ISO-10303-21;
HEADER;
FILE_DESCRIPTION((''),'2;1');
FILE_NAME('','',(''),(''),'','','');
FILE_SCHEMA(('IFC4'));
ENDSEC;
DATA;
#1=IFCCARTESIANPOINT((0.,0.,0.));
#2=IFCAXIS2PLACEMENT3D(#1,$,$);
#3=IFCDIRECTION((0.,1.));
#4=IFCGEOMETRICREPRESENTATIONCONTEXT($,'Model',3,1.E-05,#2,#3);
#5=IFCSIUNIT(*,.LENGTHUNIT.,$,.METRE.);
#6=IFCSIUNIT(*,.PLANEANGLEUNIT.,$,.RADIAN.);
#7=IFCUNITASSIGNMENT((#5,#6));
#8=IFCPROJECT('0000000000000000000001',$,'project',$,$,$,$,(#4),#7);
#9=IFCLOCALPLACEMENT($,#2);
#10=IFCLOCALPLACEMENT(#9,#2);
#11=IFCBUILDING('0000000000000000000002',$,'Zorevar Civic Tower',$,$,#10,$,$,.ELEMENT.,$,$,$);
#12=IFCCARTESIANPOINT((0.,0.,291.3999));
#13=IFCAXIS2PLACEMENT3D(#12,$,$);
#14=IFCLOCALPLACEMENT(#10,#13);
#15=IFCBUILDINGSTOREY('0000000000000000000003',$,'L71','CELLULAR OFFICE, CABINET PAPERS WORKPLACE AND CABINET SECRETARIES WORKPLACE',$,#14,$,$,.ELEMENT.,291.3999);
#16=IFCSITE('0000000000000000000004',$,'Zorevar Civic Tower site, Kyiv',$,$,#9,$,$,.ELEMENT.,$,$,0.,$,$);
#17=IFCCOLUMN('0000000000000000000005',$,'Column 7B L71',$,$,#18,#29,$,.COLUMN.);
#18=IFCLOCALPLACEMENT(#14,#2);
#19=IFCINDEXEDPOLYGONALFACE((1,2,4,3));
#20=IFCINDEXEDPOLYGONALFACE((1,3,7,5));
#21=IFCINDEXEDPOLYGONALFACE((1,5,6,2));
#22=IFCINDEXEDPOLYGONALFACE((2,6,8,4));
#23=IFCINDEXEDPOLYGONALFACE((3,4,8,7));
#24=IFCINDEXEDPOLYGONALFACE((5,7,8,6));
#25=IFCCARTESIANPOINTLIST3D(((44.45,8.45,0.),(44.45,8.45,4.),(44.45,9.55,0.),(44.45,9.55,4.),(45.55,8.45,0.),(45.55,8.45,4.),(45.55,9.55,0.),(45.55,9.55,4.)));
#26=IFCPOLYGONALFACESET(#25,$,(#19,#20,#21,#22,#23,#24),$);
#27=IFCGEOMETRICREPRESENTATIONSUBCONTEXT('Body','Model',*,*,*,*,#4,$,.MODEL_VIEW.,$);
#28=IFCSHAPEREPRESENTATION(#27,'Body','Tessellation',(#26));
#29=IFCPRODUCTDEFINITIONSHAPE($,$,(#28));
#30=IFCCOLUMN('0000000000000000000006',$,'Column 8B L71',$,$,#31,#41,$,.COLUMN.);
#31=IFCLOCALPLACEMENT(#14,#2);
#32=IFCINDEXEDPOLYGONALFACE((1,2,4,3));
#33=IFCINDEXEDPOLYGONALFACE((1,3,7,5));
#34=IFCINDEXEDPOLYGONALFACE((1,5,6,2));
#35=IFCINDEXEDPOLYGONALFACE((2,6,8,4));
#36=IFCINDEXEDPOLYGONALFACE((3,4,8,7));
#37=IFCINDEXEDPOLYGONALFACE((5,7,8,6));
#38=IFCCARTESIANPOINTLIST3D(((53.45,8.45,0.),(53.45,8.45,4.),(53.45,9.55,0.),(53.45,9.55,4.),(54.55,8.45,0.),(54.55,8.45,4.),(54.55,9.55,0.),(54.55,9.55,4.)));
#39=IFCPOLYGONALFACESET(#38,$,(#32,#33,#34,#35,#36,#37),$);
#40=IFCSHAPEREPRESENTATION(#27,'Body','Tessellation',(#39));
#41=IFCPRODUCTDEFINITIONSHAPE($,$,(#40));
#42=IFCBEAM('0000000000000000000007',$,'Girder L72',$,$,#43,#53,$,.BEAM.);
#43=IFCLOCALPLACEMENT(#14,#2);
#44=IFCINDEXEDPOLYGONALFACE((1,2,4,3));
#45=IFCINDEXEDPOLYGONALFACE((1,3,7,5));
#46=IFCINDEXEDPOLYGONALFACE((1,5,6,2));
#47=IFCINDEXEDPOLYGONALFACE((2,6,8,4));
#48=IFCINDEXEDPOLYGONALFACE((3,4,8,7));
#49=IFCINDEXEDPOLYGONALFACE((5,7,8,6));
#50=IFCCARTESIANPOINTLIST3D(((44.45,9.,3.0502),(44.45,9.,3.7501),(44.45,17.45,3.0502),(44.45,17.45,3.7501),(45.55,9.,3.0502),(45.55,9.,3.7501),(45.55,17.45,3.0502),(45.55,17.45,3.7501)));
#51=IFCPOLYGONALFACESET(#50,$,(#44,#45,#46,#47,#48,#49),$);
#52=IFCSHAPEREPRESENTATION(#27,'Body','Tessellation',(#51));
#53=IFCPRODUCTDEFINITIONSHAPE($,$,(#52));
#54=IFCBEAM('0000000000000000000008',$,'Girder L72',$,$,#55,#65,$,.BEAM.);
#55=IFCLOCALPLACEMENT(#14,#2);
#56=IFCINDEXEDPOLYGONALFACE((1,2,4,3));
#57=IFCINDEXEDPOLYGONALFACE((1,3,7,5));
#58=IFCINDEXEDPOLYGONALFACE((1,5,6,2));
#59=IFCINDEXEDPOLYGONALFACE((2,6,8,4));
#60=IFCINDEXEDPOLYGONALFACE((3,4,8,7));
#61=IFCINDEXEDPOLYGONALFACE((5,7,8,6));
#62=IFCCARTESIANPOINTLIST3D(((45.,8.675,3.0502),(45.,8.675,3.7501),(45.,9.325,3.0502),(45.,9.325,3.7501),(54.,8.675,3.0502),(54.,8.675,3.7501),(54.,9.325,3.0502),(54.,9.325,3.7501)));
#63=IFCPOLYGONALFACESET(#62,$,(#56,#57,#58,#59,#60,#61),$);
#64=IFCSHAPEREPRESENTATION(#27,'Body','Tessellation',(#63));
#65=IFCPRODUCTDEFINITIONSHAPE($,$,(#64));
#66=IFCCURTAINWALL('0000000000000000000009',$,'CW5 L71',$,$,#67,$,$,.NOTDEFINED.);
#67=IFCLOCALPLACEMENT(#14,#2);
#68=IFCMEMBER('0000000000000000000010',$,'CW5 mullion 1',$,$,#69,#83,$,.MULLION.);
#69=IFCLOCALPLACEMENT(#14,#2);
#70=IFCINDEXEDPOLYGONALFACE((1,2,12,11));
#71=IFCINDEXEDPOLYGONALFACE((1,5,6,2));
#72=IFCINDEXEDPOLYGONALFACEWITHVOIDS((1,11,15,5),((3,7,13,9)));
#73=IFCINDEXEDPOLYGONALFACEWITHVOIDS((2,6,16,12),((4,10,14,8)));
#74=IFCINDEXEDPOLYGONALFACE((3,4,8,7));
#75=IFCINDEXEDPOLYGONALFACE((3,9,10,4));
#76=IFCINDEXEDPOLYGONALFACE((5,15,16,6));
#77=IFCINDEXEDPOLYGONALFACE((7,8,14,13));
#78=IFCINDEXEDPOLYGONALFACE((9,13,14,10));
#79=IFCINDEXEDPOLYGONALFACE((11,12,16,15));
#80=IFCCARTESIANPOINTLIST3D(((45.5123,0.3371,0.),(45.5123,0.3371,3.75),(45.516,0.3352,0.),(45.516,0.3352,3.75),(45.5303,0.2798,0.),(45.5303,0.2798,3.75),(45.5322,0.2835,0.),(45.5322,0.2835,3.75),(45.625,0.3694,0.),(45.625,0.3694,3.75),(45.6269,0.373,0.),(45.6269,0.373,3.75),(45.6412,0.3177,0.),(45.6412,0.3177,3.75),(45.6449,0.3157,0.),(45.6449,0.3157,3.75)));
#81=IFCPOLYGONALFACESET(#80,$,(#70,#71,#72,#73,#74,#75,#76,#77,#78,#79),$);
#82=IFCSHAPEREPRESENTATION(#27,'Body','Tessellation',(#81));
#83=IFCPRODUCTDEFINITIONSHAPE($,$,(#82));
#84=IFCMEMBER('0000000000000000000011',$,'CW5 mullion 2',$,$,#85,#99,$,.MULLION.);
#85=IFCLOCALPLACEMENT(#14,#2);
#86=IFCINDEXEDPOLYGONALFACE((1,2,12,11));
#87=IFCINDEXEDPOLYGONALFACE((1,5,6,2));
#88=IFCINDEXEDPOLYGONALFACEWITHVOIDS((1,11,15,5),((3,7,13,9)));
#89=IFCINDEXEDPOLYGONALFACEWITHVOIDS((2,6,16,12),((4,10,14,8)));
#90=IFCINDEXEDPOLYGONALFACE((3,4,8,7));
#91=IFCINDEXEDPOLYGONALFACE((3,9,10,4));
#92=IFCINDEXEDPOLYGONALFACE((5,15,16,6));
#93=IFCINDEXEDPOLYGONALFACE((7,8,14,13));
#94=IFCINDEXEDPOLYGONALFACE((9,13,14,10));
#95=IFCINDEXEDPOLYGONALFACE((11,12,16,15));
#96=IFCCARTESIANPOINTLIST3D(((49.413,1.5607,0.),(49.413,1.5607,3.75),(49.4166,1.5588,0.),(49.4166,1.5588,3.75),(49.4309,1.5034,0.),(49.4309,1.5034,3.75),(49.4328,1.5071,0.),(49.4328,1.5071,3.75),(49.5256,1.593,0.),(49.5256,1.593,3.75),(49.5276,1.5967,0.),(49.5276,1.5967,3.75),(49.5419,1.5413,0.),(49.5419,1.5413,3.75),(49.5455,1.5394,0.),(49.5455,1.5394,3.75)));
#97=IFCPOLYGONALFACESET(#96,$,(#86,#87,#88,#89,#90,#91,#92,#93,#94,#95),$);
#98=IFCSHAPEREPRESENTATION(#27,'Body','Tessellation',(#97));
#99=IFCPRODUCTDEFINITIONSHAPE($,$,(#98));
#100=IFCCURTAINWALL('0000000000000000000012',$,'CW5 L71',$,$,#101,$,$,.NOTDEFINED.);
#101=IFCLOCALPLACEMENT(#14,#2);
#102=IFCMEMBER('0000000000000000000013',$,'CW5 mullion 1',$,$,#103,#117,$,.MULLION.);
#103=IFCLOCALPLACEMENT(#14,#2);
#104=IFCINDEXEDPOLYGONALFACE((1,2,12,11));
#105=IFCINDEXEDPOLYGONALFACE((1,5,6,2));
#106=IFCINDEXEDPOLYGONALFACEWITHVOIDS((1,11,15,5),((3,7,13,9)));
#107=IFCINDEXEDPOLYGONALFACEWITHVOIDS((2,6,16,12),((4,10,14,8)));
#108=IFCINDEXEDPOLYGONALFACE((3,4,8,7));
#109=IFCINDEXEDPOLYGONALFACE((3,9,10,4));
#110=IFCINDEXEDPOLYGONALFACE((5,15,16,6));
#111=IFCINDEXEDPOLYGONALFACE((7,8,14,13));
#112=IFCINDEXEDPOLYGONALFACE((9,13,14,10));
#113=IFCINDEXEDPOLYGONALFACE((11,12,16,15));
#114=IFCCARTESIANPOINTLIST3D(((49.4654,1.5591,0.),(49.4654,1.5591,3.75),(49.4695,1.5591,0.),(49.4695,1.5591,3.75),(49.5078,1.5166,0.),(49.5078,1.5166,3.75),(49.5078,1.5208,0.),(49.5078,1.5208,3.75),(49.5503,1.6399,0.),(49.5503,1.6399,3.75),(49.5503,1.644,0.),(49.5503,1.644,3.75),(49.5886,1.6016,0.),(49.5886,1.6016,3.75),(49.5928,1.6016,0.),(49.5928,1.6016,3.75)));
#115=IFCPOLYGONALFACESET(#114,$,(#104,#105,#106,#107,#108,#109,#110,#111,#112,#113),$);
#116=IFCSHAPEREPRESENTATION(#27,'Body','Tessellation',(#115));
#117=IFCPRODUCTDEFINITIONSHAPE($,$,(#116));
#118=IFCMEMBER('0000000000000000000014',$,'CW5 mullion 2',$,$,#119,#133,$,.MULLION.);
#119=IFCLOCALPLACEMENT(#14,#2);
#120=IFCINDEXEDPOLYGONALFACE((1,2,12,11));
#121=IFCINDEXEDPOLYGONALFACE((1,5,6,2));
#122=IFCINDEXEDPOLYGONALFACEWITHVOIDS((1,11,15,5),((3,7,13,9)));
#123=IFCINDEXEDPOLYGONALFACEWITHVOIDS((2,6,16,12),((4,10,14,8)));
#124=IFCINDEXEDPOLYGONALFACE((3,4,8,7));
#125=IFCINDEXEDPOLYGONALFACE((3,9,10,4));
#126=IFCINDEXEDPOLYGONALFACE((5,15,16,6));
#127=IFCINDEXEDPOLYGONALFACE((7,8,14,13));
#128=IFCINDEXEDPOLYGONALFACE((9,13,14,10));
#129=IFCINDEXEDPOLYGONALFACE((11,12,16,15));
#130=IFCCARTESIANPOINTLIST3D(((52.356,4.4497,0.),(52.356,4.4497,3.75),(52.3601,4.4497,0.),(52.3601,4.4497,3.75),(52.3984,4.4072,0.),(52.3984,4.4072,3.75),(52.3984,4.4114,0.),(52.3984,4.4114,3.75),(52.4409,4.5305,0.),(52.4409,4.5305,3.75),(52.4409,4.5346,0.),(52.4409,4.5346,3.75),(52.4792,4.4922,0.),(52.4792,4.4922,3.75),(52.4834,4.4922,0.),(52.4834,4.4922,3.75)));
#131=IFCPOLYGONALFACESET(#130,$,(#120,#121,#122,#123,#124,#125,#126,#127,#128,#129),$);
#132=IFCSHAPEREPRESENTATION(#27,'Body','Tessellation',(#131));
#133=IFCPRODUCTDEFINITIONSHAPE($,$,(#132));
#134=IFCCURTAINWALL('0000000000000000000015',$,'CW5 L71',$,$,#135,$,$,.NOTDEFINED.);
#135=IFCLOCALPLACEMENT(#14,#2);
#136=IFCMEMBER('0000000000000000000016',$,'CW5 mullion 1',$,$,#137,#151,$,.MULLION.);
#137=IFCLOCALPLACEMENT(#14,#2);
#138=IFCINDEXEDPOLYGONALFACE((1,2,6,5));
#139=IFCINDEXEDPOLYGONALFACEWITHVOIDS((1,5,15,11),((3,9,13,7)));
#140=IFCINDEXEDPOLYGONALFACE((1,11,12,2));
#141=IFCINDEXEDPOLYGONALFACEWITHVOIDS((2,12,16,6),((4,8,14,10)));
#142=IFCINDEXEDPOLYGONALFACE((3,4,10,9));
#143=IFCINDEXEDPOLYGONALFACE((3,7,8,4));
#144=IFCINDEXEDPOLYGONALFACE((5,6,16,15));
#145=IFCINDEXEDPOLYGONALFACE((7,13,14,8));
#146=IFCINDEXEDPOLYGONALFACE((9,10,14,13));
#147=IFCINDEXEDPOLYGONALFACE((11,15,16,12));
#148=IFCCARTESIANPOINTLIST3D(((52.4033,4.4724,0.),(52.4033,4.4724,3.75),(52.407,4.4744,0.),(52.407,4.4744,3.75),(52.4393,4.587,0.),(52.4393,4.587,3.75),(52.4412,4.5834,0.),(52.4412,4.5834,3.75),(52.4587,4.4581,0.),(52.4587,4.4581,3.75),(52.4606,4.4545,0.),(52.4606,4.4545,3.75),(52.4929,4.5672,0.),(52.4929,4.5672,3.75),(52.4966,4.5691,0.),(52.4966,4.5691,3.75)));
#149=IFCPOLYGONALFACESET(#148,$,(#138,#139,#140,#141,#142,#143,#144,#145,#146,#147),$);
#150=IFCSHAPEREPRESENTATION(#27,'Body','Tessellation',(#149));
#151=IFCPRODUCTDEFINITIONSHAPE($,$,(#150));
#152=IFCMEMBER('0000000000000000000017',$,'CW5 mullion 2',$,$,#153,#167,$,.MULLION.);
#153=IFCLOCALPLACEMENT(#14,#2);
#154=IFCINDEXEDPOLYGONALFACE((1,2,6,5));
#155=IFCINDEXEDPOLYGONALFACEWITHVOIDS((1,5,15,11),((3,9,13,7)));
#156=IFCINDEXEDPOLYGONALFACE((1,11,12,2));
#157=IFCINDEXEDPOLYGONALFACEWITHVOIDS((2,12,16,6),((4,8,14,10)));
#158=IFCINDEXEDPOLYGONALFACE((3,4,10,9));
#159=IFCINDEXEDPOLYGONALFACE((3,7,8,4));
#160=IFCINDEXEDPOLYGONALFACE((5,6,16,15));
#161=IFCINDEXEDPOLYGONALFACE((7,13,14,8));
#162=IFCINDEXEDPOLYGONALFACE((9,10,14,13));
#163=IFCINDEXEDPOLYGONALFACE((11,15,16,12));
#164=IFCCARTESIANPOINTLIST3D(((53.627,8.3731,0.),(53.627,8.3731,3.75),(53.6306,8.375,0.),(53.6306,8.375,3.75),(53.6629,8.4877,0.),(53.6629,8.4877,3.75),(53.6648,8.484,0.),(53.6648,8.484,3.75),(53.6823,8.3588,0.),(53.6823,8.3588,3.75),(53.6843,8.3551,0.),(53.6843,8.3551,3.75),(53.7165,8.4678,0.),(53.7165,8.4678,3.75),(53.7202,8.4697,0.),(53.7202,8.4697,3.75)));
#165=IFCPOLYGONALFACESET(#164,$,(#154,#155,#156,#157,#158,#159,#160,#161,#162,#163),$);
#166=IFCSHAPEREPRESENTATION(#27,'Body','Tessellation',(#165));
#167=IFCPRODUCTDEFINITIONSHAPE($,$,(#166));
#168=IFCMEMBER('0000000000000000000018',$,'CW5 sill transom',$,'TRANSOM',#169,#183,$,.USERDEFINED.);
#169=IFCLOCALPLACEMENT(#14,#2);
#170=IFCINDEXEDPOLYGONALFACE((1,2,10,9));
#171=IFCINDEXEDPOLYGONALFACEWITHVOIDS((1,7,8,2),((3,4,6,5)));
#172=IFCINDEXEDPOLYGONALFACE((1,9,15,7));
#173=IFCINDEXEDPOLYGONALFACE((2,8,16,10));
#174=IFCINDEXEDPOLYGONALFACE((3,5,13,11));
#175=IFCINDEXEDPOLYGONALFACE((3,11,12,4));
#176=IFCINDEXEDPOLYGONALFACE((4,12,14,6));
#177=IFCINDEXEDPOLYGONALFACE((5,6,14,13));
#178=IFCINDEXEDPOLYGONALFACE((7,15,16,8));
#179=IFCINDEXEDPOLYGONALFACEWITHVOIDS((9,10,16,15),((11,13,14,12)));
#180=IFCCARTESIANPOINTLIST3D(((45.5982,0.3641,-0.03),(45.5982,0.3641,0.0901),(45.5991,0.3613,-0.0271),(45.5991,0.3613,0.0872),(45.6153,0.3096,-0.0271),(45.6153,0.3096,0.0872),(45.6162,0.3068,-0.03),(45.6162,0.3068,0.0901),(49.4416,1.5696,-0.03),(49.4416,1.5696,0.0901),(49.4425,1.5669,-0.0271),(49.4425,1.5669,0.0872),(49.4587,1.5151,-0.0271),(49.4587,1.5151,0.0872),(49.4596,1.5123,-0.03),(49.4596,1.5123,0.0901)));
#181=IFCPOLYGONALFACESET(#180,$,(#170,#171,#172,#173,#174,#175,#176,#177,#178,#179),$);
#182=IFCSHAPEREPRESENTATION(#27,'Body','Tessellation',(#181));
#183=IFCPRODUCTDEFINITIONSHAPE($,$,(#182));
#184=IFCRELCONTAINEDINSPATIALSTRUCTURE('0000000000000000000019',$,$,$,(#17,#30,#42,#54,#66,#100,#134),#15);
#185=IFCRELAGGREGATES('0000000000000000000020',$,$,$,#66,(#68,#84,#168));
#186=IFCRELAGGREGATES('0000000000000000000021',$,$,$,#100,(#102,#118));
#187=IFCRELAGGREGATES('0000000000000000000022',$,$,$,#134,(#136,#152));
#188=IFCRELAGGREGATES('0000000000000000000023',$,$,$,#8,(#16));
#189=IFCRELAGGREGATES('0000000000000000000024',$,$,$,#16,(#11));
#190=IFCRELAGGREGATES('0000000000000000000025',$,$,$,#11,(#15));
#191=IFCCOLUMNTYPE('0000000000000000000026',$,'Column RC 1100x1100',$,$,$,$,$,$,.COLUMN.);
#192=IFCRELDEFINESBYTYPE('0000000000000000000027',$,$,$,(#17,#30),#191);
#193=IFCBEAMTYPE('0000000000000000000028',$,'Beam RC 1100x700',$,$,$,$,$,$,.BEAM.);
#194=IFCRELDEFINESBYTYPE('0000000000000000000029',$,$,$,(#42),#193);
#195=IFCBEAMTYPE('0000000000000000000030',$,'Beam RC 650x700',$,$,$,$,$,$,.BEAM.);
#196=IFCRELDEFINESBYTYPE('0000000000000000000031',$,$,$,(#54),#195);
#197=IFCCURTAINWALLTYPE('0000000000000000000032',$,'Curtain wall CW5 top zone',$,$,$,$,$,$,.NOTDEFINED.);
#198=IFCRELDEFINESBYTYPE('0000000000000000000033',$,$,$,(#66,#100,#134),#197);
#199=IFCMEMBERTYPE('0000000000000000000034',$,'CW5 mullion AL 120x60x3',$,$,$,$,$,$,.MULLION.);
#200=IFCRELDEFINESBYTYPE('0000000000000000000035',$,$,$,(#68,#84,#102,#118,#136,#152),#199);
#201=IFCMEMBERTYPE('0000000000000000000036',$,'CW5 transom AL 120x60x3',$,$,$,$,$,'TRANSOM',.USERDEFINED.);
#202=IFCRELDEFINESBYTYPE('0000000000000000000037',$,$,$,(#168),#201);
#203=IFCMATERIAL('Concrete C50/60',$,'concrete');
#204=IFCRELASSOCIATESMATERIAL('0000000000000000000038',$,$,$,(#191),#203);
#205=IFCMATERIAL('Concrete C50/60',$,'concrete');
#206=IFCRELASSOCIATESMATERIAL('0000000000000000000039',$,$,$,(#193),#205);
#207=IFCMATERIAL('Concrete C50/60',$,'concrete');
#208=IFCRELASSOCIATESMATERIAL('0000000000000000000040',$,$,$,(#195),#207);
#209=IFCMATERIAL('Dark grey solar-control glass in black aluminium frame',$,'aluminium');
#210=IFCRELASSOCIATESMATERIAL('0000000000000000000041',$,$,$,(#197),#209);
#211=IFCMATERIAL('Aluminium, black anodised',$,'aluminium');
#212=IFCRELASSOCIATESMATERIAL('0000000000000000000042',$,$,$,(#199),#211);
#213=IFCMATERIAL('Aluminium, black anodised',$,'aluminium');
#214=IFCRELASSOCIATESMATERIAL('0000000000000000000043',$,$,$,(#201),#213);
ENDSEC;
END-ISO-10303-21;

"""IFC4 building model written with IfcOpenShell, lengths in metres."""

from ifc_helpers import new_model, si_unit, direction, frame, origin, origin_2d, place, context, subcontext, project, spatial, rectangle, hollow_rectangle, extrude, material, material_profile, profile_set, type_object, element, aggregate, save


model = new_model("IFC4")

# Units and contexts
model_context = context("Model", 3, precision=1e-05, world=origin(), true_north=direction((0.0, 1.0)))
body_context = subcontext(model_context, "Body", "Model", "MODEL_VIEW")
ifc_project = project(units=[si_unit("LENGTHUNIT", "METRE"), si_unit("PLANEANGLEUNIT", "RADIAN")], contexts=[model_context])

# Site, building, storey
site_placement = place(None, origin())
site = spatial("IfcSite", under=ifc_project, at=site_placement, Name="Zorevar Civic Tower site, Kyiv", CompositionType="ELEMENT", RefElevation=0.0)
building_placement = place(site_placement, origin())
building = spatial("IfcBuilding", under=site, at=building_placement, Name="Zorevar Civic Tower", CompositionType="ELEMENT")
storey_placement = place(building_placement, frame((0.0, 0.0, 291.3999)))
storey = spatial("IfcBuildingStorey", under=building, at=storey_placement, Name="L71", Description="CELLULAR OFFICE, CABINET PAPERS WORKPLACE AND CABINET SECRETARIES WORKPLACE", CompositionType="ELEMENT", Elevation=291.3999)

# Columns
ifc_material_1 = material(Name="Concrete C50/60", Category="concrete")
ifc_material_profile_1 = material_profile(ifc_material_1, rectangle(XDim=1.1001, YDim=1.1001, at=origin_2d()), Name="RC 1100x1100")
ifc_profile_set_1 = profile_set([ifc_material_profile_1], Name="Concrete C50/60")
column_type = type_object("IfcColumnType", Name="Column RC 1100x1100", PredefinedType="COLUMN", material=ifc_profile_set_1)
for number, where, z_axis, x_axis, name in (
    (1, (45.0, 9.0, 0.0), (0.0, 0.0, 1.0), (1.0, 0.0, 0.0), "Column 7B L71"),
    (2, (54.0, 9.0, 0.0), (0.0, 0.0, 1.0), (1.0, 0.0, 0.0), "Column 8B L71"),
):
    element("IfcColumn", number, at=place(storey_placement, frame(where, z_axis=z_axis, x_axis=x_axis)), inside=storey, type_object=column_type, Name=name, PredefinedType="COLUMN", context=body_context, shape_type="SweptSolid", body=[
        extrude(rectangle(XDim=1.1001, YDim=1.1001, at=origin_2d()), origin(), (0.0, 0.0, 1.0), 4.0),
    ])

# Beams
ifc_material_2 = material(Name="Concrete C50/60", Category="concrete")
ifc_material_profile_2 = material_profile(ifc_material_2, rectangle(XDim=1.1001, YDim=0.7, at=origin_2d()), Name="RC 1100x700")
ifc_profile_set_2 = profile_set([ifc_material_profile_2], Name="Concrete C50/60")
beam_type_1 = type_object("IfcBeamType", Name="Beam RC 1100x700", PredefinedType="BEAM", material=ifc_profile_set_2)
beam_1_placement = place(storey_placement, frame((45.0, 9.0, 3.4001), z_axis=(0.0, 1.0, 0.0), x_axis=(-1.0, 0.0, 0.0)))
element("IfcBeam", 3, at=beam_1_placement, inside=storey, type_object=beam_type_1, Name="Girder L72", PredefinedType="BEAM", context=body_context, shape_type="SweptSolid", body=[
    extrude(rectangle(XDim=1.1001, YDim=0.7, at=origin_2d()), origin(), (0.0, 0.0, 1.0), 8.45),
])
ifc_material_3 = material(Name="Concrete C50/60", Category="concrete")
ifc_material_profile_3 = material_profile(ifc_material_3, rectangle(XDim=0.6499, YDim=0.7, at=origin_2d()), Name="RC 650x700")
ifc_profile_set_3 = profile_set([ifc_material_profile_3], Name="Concrete C50/60")
beam_type_2 = type_object("IfcBeamType", Name="Beam RC 650x700", PredefinedType="BEAM", material=ifc_profile_set_3)
beam_2_placement = place(storey_placement, frame((45.0, 9.0, 3.4001), z_axis=(1.0, 0.0, 0.0), x_axis=(0.0, 1.0, 0.0)))
element("IfcBeam", 4, at=beam_2_placement, inside=storey, type_object=beam_type_2, Name="Girder L72", PredefinedType="BEAM", context=body_context, shape_type="SweptSolid", body=[
    extrude(rectangle(XDim=0.6499, YDim=0.7, at=origin_2d()), origin(), (0.0, 0.0, 1.0), 9.0),
])

# Curtain walls, members
ifc_material_4 = material(Name="Dark grey solar-control glass in black aluminium frame", Category="aluminium")
curtain_wall_type = type_object("IfcCurtainWallType", Name="Curtain wall CW5 top zone", PredefinedType="NOTDEFINED", material=ifc_material_4)
curtain_wall_1_placement = place(storey_placement, origin())
curtain_wall_1 = element("IfcCurtainWall", 5, at=curtain_wall_1_placement, inside=storey, type_object=curtain_wall_type, Name="CW5 L71", PredefinedType="NOTDEFINED")
ifc_material_5 = material(Name="Aluminium, black anodised", Category="aluminium")
ifc_material_profile_4 = material_profile(ifc_material_5, hollow_rectangle(XDim=0.0601, YDim=0.1201, WallThickness=0.0029, at=origin_2d()), Name="AL 120x60x3")
ifc_profile_set_4 = profile_set([ifc_material_profile_4], Name="Aluminium, black anodised")
member_type_1 = type_object("IfcMemberType", Name="CW5 mullion AL 120x60x3", PredefinedType="MULLION", material=ifc_profile_set_4)
member_1_placement = place(storey_placement, frame((45.5786, 0.3264, 0.0), z_axis=(0.0, 0.0, 1.0), x_axis=(-0.299318, 0.954153, 0.0)))
member_1 = element("IfcMember", 6, at=member_1_placement, type_object=member_type_1, Name="CW5 mullion 1", PredefinedType="MULLION", context=body_context, shape_type="SweptSolid", body=[
    extrude(hollow_rectangle(XDim=0.0601, YDim=0.1201, WallThickness=0.0029, at=origin_2d()), origin(), (0.0, 0.0, 1.0), 3.75),
])
member_2_placement = place(storey_placement, frame((49.4792, 1.55, 0.0), z_axis=(0.0, 0.0, 1.0), x_axis=(-0.299318, 0.954153, 0.0)))
member_2 = element("IfcMember", 7, at=member_2_placement, type_object=member_type_1, Name="CW5 mullion 2", PredefinedType="MULLION", context=body_context, shape_type="SweptSolid", body=[
    extrude(hollow_rectangle(XDim=0.0601, YDim=0.1201, WallThickness=0.0029, at=origin_2d()), origin(), (0.0, 0.0, 1.0), 3.75),
])
curtain_wall_2_placement = place(storey_placement, origin())
curtain_wall_2 = element("IfcCurtainWall", 8, at=curtain_wall_2_placement, inside=storey, type_object=curtain_wall_type, Name="CW5 L71", PredefinedType="NOTDEFINED")
member_3_placement = place(storey_placement, frame((49.5291, 1.5803, 0.0), z_axis=(0.0, 0.0, 1.0), x_axis=(-0.707107, 0.707107, 0.0)))
member_3 = element("IfcMember", 9, at=member_3_placement, type_object=member_type_1, Name="CW5 mullion 1", PredefinedType="MULLION", context=body_context, shape_type="SweptSolid", body=[
    extrude(hollow_rectangle(XDim=0.0601, YDim=0.1201, WallThickness=0.0029, at=origin_2d()), origin(), (0.0, 0.0, 1.0), 3.75),
])
member_4_placement = place(storey_placement, frame((52.4197, 4.4709, 0.0), z_axis=(0.0, 0.0, 1.0), x_axis=(-0.707107, 0.707107, 0.0)))
member_4 = element("IfcMember", 10, at=member_4_placement, type_object=member_type_1, Name="CW5 mullion 2", PredefinedType="MULLION", context=body_context, shape_type="SweptSolid", body=[
    extrude(hollow_rectangle(XDim=0.0601, YDim=0.1201, WallThickness=0.0029, at=origin_2d()), origin(), (0.0, 0.0, 1.0), 3.75),
])
curtain_wall_3_placement = place(storey_placement, origin())
curtain_wall_3 = element("IfcCurtainWall", 11, at=curtain_wall_3_placement, inside=storey, type_object=curtain_wall_type, Name="CW5 L71", PredefinedType="NOTDEFINED")
member_5_placement = place(storey_placement, frame((52.45, 4.5208, 0.0), z_axis=(0.0, 0.0, 1.0), x_axis=(-0.954153, 0.299318, 0.0)))
member_5 = element("IfcMember", 12, at=member_5_placement, type_object=member_type_1, Name="CW5 mullion 1", PredefinedType="MULLION", context=body_context, shape_type="SweptSolid", body=[
    extrude(hollow_rectangle(XDim=0.0601, YDim=0.1201, WallThickness=0.0029, at=origin_2d()), origin(), (0.0, 0.0, 1.0), 3.75),
])
member_6_placement = place(storey_placement, frame((53.6736, 8.4214, 0.0), z_axis=(0.0, 0.0, 1.0), x_axis=(-0.954153, 0.299318, 0.0)))
member_6 = element("IfcMember", 13, at=member_6_placement, type_object=member_type_1, Name="CW5 mullion 2", PredefinedType="MULLION", context=body_context, shape_type="SweptSolid", body=[
    extrude(hollow_rectangle(XDim=0.0601, YDim=0.1201, WallThickness=0.0029, at=origin_2d()), origin(), (0.0, 0.0, 1.0), 3.75),
])

# Member
ifc_material_6 = material(Name="Aluminium, black anodised", Category="aluminium")
ifc_material_profile_5 = material_profile(ifc_material_6, hollow_rectangle(XDim=0.0601, YDim=0.1201, WallThickness=0.0029, at=origin_2d()), Name="AL 120x60x3")
ifc_profile_set_5 = profile_set([ifc_material_profile_5], Name="Aluminium, black anodised")
member_type_2 = type_object("IfcMemberType", Name="CW5 transom AL 120x60x3", ElementType="TRANSOM", PredefinedType="USERDEFINED", material=ifc_profile_set_5)
member_7_placement = place(storey_placement, frame((45.6072, 0.3354, 0.03), z_axis=(0.954163, 0.299286, 0.0), x_axis=(-0.299286, 0.954163, 0.0)))
member_7 = element("IfcMember", 14, at=member_7_placement, type_object=member_type_2, Name="CW5 sill transom", ObjectType="TRANSOM", PredefinedType="USERDEFINED", context=body_context, shape_type="SweptSolid", body=[
    extrude(hollow_rectangle(XDim=0.0601, YDim=0.1201, WallThickness=0.0029, at=origin_2d()), origin(), (0.0, 0.0, 1.0), 4.0281),
])

aggregate(curtain_wall_1, [member_1, member_2, member_7])
aggregate(curtain_wall_2, [member_3, member_4])
aggregate(curtain_wall_3, [member_5, member_6])

save(model, "model.ifc")
